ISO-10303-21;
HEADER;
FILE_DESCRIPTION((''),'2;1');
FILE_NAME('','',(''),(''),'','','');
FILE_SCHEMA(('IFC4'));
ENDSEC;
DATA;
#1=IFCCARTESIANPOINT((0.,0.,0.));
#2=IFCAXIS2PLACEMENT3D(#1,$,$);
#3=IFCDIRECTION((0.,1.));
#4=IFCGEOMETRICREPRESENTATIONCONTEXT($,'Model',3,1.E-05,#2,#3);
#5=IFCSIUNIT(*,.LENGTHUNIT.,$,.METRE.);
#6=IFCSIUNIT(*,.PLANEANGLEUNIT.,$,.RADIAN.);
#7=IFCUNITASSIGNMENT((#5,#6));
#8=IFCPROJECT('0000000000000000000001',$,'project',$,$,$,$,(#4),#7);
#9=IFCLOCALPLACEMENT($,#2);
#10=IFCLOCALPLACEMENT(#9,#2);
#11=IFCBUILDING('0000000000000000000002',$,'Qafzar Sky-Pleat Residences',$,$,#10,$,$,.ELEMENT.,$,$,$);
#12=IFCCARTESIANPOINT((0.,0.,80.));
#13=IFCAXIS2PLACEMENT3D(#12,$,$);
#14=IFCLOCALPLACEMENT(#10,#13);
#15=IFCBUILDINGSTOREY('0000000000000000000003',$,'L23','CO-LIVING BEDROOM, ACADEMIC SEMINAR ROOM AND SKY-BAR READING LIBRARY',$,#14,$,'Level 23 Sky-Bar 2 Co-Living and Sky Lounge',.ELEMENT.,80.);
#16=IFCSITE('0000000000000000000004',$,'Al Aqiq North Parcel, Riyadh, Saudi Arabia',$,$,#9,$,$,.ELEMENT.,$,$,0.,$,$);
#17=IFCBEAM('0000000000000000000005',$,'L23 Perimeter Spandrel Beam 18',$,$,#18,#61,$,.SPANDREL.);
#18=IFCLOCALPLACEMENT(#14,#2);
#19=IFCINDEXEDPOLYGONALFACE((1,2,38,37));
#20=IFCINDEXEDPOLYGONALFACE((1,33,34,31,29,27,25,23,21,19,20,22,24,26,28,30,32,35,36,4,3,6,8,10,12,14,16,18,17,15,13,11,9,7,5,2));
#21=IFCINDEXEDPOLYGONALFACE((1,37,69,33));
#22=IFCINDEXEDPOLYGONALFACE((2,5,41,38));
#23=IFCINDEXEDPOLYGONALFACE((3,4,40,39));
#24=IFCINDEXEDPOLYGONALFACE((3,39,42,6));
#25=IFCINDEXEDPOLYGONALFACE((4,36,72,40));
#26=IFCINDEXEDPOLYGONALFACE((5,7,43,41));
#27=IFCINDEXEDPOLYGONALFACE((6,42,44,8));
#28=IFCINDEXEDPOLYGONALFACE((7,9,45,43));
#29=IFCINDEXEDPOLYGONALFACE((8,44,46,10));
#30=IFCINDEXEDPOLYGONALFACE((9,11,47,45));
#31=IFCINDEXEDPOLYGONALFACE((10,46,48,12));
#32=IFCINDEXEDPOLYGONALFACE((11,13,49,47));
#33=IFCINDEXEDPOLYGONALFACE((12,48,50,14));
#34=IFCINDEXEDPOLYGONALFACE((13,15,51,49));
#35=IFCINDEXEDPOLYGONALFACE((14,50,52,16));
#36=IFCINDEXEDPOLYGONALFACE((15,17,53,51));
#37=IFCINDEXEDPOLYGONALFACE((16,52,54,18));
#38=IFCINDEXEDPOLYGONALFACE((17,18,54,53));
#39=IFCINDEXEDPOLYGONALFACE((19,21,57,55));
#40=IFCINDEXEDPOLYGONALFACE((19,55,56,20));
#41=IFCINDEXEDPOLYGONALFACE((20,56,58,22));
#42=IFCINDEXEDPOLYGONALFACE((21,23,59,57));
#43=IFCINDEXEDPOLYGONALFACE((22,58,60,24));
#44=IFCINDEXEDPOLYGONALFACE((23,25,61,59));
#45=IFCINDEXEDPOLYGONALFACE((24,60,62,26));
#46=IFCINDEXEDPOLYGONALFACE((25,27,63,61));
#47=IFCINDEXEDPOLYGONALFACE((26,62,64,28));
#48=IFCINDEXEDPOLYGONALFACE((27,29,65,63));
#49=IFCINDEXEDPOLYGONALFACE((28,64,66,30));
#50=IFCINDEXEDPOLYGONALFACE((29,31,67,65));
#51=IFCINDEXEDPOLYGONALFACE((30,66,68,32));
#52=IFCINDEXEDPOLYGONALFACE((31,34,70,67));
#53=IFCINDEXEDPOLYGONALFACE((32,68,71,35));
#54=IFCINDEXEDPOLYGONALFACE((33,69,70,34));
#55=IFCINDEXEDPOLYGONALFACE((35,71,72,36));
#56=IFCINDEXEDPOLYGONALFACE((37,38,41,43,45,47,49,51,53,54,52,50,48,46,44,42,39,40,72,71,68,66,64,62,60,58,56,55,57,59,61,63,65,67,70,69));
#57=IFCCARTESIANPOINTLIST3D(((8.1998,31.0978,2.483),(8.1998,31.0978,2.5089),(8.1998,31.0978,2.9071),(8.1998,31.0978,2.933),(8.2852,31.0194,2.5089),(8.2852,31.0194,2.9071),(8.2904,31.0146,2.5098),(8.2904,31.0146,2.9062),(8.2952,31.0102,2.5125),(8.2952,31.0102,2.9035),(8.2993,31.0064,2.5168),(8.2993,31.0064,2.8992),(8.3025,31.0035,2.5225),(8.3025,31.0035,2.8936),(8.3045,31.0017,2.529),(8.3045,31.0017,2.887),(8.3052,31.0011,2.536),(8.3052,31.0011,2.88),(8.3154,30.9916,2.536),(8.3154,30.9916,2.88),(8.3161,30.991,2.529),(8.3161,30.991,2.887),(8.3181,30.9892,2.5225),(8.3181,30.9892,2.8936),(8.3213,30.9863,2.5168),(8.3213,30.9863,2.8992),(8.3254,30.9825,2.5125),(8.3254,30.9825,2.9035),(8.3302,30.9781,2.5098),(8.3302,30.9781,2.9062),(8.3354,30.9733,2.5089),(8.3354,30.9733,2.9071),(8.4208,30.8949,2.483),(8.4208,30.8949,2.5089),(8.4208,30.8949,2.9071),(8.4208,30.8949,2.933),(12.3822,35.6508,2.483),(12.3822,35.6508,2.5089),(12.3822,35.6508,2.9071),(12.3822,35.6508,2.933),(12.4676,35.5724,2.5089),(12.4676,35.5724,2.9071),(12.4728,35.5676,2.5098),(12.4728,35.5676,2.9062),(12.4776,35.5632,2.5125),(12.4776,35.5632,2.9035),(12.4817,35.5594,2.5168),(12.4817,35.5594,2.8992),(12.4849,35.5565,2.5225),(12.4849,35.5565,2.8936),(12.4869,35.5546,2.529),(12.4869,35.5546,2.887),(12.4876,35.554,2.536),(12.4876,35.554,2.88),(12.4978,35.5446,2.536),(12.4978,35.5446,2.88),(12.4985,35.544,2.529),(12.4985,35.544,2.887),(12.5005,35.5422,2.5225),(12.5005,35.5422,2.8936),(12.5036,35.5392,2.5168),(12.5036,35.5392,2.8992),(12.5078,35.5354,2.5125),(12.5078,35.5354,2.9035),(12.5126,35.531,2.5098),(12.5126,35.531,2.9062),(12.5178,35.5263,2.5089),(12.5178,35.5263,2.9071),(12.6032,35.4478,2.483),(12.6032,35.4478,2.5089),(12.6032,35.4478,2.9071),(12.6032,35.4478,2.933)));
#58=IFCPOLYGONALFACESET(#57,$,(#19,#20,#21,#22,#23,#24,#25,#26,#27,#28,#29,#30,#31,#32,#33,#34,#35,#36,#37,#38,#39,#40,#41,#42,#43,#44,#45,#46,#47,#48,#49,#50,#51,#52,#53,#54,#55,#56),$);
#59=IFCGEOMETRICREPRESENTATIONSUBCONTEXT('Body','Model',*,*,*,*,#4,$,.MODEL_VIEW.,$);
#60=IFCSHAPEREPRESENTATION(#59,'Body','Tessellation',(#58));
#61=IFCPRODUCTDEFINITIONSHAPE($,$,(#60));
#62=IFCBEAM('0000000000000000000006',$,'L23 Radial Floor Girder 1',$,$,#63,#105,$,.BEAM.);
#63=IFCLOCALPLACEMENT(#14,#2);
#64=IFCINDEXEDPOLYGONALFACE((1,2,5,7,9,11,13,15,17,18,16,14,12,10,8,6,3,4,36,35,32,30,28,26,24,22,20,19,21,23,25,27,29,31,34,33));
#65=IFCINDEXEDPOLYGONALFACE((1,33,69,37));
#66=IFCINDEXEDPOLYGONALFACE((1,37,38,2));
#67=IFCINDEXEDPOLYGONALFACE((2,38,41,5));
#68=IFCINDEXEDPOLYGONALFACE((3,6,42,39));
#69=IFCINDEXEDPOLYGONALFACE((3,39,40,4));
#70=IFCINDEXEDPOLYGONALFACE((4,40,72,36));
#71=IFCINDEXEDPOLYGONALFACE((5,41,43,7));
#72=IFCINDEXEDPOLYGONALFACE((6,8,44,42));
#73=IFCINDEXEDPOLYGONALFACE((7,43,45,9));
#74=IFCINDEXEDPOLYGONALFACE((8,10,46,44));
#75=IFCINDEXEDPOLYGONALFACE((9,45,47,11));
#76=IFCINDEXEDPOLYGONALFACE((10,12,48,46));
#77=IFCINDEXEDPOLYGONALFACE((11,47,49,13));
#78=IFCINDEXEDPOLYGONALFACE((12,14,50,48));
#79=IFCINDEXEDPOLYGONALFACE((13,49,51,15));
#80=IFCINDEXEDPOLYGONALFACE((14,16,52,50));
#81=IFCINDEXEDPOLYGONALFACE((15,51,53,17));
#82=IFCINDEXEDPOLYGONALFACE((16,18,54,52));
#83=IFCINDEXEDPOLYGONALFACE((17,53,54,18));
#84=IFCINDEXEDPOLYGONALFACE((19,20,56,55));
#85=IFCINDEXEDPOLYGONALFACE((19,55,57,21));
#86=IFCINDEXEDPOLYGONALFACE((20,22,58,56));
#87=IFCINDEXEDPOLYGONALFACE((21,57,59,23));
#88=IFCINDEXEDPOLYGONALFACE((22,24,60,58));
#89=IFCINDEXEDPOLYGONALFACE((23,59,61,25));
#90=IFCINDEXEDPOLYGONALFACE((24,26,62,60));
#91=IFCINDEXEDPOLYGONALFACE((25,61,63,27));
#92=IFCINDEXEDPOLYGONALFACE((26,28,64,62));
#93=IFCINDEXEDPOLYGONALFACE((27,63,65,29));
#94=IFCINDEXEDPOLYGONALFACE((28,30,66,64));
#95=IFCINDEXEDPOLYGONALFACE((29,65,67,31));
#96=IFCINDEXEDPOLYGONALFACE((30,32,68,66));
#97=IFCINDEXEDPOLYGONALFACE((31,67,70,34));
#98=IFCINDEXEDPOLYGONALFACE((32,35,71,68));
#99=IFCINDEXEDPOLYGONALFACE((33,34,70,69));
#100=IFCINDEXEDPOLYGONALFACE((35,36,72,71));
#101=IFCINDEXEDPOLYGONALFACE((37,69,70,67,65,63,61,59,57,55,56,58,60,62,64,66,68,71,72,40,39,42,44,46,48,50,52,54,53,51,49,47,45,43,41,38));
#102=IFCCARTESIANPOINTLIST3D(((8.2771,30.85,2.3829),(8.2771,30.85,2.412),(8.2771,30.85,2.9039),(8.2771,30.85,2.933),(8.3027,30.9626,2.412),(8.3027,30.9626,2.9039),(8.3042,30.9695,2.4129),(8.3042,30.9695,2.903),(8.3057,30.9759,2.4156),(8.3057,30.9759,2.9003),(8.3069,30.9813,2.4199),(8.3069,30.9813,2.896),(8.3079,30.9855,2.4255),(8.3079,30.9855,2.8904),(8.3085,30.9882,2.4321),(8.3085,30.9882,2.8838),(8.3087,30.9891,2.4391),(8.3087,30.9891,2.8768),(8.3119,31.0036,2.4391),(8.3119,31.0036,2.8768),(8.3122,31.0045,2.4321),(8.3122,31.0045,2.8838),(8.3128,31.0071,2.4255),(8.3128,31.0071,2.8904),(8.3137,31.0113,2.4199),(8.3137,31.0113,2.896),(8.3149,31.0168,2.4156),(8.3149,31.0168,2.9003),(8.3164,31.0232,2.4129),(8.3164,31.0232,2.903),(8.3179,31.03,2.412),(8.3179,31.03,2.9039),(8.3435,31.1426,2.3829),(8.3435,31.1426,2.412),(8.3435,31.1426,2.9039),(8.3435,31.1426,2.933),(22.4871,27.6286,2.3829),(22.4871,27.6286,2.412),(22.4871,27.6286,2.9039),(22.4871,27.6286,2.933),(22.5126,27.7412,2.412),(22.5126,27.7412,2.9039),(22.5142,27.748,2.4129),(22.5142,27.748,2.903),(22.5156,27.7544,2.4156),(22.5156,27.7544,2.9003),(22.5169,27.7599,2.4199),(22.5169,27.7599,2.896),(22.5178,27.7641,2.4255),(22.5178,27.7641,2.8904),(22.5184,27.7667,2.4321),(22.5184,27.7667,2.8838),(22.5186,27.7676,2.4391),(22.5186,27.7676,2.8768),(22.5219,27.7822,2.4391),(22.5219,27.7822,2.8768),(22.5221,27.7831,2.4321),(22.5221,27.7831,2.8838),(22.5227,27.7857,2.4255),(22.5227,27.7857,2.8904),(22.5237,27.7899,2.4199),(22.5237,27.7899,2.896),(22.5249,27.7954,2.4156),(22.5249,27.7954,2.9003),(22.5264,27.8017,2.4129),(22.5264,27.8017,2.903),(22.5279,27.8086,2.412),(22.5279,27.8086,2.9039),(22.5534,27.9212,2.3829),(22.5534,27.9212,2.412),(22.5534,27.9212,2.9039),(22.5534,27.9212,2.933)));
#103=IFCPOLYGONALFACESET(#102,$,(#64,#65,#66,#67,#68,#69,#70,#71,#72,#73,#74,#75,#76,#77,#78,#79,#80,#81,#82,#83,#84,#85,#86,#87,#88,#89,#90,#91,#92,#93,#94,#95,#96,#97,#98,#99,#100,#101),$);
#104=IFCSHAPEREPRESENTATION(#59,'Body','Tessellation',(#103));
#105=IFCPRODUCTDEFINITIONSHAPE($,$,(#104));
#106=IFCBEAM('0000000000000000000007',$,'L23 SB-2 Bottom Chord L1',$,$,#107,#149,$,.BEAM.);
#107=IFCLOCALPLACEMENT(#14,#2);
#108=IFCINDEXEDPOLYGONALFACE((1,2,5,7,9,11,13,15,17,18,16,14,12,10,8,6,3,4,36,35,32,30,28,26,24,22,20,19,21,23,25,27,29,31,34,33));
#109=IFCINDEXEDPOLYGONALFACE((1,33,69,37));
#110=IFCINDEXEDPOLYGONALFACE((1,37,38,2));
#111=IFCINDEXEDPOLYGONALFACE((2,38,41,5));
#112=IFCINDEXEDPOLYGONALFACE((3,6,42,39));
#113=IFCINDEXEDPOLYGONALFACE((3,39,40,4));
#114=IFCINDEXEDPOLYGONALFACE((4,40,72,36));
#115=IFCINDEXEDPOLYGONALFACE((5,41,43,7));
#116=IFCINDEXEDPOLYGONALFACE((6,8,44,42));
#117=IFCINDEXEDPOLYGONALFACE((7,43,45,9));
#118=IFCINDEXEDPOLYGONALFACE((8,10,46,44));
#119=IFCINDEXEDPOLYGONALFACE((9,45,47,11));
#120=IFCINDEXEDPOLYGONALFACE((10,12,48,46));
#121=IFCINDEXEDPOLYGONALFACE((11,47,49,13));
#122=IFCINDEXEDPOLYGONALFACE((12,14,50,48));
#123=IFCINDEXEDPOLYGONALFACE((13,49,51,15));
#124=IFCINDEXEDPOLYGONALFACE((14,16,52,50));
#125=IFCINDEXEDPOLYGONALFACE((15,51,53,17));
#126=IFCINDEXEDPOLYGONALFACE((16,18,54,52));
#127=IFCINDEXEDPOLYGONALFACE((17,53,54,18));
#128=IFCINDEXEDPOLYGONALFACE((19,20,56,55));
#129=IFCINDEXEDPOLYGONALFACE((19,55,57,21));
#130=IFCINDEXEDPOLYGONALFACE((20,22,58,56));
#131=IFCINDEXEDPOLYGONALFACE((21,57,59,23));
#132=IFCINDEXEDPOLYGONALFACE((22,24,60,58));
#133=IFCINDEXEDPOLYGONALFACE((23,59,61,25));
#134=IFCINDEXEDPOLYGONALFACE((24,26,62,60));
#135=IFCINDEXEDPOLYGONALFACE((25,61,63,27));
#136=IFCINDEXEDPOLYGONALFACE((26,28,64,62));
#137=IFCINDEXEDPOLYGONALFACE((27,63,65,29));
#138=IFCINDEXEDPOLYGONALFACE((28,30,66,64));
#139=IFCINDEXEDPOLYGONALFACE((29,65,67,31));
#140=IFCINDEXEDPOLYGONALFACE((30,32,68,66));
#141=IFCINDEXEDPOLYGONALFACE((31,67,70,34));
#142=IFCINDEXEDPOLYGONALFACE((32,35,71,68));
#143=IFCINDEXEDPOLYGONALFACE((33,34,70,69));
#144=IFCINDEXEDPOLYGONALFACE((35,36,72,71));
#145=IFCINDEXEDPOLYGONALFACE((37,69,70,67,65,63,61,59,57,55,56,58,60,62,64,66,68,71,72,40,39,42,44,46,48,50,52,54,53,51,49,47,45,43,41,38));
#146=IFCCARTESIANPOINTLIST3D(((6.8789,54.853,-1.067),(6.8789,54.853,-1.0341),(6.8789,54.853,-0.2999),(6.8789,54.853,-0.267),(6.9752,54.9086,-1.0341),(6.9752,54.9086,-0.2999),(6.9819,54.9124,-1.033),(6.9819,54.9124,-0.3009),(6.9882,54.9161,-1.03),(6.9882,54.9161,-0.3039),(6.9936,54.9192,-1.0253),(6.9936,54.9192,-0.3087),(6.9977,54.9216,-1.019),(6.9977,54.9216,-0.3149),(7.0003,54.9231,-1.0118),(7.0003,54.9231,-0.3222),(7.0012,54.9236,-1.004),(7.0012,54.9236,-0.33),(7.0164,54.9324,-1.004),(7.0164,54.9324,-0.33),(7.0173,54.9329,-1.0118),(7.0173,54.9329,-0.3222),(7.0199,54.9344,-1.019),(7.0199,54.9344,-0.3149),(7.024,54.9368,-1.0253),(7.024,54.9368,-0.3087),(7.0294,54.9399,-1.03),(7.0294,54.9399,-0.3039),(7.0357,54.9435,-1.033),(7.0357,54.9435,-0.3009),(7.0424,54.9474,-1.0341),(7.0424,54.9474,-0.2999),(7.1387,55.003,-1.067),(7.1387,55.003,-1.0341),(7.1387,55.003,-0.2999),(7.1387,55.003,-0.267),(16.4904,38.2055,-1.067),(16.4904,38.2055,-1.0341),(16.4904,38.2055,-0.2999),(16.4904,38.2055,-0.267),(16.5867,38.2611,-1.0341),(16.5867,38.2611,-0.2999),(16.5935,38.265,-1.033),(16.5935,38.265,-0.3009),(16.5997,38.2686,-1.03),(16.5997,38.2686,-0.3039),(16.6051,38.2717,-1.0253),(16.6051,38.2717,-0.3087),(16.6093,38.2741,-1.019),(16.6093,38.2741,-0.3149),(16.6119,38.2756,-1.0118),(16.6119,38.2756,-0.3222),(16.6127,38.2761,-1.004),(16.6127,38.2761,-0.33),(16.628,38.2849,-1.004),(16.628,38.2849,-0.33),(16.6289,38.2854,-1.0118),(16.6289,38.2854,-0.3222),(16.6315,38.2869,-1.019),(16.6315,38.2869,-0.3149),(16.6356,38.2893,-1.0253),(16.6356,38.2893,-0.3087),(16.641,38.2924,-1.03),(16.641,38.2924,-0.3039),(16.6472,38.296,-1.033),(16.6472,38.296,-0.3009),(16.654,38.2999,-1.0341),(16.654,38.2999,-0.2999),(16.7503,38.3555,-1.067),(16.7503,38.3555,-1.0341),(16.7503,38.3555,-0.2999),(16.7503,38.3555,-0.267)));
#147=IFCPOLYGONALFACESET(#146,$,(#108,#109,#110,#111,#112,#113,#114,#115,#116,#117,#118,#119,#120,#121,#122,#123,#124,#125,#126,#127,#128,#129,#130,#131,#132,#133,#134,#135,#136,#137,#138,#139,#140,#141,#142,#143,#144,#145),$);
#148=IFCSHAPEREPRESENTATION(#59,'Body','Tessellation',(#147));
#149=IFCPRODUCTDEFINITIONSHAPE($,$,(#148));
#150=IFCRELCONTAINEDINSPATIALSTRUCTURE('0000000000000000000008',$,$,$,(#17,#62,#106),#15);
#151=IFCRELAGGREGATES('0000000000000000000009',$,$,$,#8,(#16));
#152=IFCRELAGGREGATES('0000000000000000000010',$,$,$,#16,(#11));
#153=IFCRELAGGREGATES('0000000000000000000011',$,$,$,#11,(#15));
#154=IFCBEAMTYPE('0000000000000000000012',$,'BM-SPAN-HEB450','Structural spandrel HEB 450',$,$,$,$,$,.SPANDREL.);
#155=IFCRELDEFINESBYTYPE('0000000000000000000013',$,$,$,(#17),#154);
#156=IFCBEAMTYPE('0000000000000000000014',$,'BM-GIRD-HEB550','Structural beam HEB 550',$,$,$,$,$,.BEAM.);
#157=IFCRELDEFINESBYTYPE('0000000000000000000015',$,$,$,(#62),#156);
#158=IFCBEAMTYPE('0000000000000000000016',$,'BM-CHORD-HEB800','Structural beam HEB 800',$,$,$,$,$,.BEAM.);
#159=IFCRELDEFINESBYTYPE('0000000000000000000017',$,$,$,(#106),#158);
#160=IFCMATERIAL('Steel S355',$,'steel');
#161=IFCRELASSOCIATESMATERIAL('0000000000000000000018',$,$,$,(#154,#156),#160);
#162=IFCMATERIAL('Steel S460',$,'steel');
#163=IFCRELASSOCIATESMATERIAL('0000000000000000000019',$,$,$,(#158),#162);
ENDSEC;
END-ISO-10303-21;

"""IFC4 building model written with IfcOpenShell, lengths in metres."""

from ifc_helpers import new_model, si_unit, direction, frame, origin, origin_2d, place, context, subcontext, project, spatial, i_section, extrude, source, transform, mapped, material, material_profile, profile_set, type_object, element, save


model = new_model("IFC4")

# Units and contexts
model_context = context("Model", 3, precision=1e-05, world=origin(), true_north=direction((0.0, 1.0)))
body_context = subcontext(model_context, "Body", "Model", "MODEL_VIEW")
ifc_project = project(units=[si_unit("LENGTHUNIT", "METRE"), si_unit("PLANEANGLEUNIT", "RADIAN")], contexts=[model_context])

# Site, building, storey
site_placement = place(None, origin())
site = spatial("IfcSite", under=ifc_project, at=site_placement, Name="Al Aqiq North Parcel, Riyadh, Saudi Arabia", CompositionType="ELEMENT", RefElevation=0.0)
building_placement = place(site_placement, origin())
building = spatial("IfcBuilding", under=site, at=building_placement, Name="Qafzar Sky-Pleat Residences", CompositionType="ELEMENT")
storey_placement = place(building_placement, frame((0.0, 0.0, 80.0)))
storey = spatial("IfcBuildingStorey", under=building, at=storey_placement, Name="L23", Description="CO-LIVING BEDROOM, ACADEMIC SEMINAR ROOM AND SKY-BAR READING LIBRARY", LongName="Level 23 Sky-Bar 2 Co-Living and Sky Lounge", CompositionType="ELEMENT", Elevation=80.0)

# Shared definitions
ifc_material_1 = material(Name="Steel S460", Category="steel")

# Beams
ifc_material_2 = material(Name="Steel S355", Category="steel")
ifc_material_profile_1 = material_profile(ifc_material_2, i_section(OverallWidth=0.3, OverallDepth=0.45, WebThickness=0.0139, FlangeThickness=0.0259, FilletRadius=0.0271, at=origin_2d()), Name="HEB 450")
ifc_profile_set_1 = profile_set([ifc_material_profile_1], Name="Steel S355")
beam_type_1 = type_object("IfcBeamType", Name="BM-SPAN-HEB450", Description="Structural spandrel HEB 450", PredefinedType="SPANDREL", material=ifc_profile_set_1)
shared_shape_1 = source(origin(), body_context, "Body", "SweptSolid", [
    extrude(i_section(OverallWidth=0.3, OverallDepth=0.45, WebThickness=0.0139, FlangeThickness=0.0259, FilletRadius=0.0271, at=origin_2d()), origin(), (0.0, 0.0, 1.0), 6.1824),
])
beam_1_placement = place(storey_placement, frame((12.4927, 35.5493, 2.708), z_axis=(-0.676499, -0.736444, 0.0), x_axis=(0.736444, -0.676499, 0.0)))
element("IfcBeam", 1, at=beam_1_placement, inside=storey, type_object=beam_type_1, Name="L23 Perimeter Spandrel Beam 18", PredefinedType="SPANDREL", context=body_context, shape_type="MappedRepresentation", body=[
    mapped(shared_shape_1, transform((0.0, 0.0, 0.0), x_axis=(1.0, 0.0, 0.0), y_axis=(0.0, 1.0, 0.0), z_axis=(0.0, 0.0, 1.0), scale=1.0)),
])
ifc_material_profile_2 = material_profile(ifc_material_2, i_section(OverallWidth=0.3, OverallDepth=0.55, WebThickness=0.0149, FlangeThickness=0.0291, FilletRadius=0.0271, at=origin_2d()), Name="HEB 550")
ifc_profile_set_2 = profile_set([ifc_material_profile_2], Name="Steel S355")
beam_type_2 = type_object("IfcBeamType", Name="BM-GIRD-HEB550", Description="Structural beam HEB 550", PredefinedType="BEAM", material=ifc_profile_set_2)
shared_shape_2 = source(origin(), body_context, "Body", "SweptSolid", [
    extrude(i_section(OverallWidth=0.3, OverallDepth=0.55, WebThickness=0.0149, FlangeThickness=0.0291, FilletRadius=0.0271, at=origin_2d()), origin(), (0.0, 0.0, 1.0), 14.5706),
])
beam_2_placement = place(storey_placement, frame((8.3103, 30.9963, 2.658), z_axis=(0.975253, -0.221092, 0.0), x_axis=(0.221092, 0.975253, 0.0)))
element("IfcBeam", 2, at=beam_2_placement, inside=storey, type_object=beam_type_2, Name="L23 Radial Floor Girder 1", PredefinedType="BEAM", context=body_context, shape_type="MappedRepresentation", body=[
    mapped(shared_shape_2, transform((0.0, 0.0, 0.0), x_axis=(1.0, 0.0, 0.0), y_axis=(0.0, 1.0, 0.0), z_axis=(0.0, 0.0, 1.0), scale=1.0)),
])
ifc_material_profile_3 = material_profile(ifc_material_1, i_section(OverallWidth=0.3, OverallDepth=0.8, WebThickness=0.0176, FlangeThickness=0.033, FilletRadius=0.03, at=origin_2d()), Name="HEB 800")
ifc_profile_set_3 = profile_set([ifc_material_profile_3], Name="Steel S460")
beam_type_3 = type_object("IfcBeamType", Name="BM-CHORD-HEB800", Description="Structural beam HEB 800", PredefinedType="BEAM", material=ifc_profile_set_3)
shared_shape_3 = source(origin(), body_context, "Body", "SweptSolid", [
    extrude(i_section(OverallWidth=0.3, OverallDepth=0.8, WebThickness=0.0176, FlangeThickness=0.033, FilletRadius=0.03, at=origin_2d()), origin(), (0.0, 0.0, 1.0), 19.2229),
])
beam_3_placement = place(storey_placement, frame((16.6204, 38.2805, -0.667), z_axis=(-0.500006, 0.866022, 0.0), x_axis=(-0.866022, -0.500006, 0.0)))
element("IfcBeam", 3, at=beam_3_placement, inside=storey, type_object=beam_type_3, Name="L23 SB-2 Bottom Chord L1", PredefinedType="BEAM", context=body_context, shape_type="MappedRepresentation", body=[
    mapped(shared_shape_3, transform((0.0, 0.0, 0.0), x_axis=(1.0, 0.0, 0.0), y_axis=(0.0, 1.0, 0.0), z_axis=(0.0, 0.0, 1.0), scale=1.0)),
])

save(model, "model.ifc")
